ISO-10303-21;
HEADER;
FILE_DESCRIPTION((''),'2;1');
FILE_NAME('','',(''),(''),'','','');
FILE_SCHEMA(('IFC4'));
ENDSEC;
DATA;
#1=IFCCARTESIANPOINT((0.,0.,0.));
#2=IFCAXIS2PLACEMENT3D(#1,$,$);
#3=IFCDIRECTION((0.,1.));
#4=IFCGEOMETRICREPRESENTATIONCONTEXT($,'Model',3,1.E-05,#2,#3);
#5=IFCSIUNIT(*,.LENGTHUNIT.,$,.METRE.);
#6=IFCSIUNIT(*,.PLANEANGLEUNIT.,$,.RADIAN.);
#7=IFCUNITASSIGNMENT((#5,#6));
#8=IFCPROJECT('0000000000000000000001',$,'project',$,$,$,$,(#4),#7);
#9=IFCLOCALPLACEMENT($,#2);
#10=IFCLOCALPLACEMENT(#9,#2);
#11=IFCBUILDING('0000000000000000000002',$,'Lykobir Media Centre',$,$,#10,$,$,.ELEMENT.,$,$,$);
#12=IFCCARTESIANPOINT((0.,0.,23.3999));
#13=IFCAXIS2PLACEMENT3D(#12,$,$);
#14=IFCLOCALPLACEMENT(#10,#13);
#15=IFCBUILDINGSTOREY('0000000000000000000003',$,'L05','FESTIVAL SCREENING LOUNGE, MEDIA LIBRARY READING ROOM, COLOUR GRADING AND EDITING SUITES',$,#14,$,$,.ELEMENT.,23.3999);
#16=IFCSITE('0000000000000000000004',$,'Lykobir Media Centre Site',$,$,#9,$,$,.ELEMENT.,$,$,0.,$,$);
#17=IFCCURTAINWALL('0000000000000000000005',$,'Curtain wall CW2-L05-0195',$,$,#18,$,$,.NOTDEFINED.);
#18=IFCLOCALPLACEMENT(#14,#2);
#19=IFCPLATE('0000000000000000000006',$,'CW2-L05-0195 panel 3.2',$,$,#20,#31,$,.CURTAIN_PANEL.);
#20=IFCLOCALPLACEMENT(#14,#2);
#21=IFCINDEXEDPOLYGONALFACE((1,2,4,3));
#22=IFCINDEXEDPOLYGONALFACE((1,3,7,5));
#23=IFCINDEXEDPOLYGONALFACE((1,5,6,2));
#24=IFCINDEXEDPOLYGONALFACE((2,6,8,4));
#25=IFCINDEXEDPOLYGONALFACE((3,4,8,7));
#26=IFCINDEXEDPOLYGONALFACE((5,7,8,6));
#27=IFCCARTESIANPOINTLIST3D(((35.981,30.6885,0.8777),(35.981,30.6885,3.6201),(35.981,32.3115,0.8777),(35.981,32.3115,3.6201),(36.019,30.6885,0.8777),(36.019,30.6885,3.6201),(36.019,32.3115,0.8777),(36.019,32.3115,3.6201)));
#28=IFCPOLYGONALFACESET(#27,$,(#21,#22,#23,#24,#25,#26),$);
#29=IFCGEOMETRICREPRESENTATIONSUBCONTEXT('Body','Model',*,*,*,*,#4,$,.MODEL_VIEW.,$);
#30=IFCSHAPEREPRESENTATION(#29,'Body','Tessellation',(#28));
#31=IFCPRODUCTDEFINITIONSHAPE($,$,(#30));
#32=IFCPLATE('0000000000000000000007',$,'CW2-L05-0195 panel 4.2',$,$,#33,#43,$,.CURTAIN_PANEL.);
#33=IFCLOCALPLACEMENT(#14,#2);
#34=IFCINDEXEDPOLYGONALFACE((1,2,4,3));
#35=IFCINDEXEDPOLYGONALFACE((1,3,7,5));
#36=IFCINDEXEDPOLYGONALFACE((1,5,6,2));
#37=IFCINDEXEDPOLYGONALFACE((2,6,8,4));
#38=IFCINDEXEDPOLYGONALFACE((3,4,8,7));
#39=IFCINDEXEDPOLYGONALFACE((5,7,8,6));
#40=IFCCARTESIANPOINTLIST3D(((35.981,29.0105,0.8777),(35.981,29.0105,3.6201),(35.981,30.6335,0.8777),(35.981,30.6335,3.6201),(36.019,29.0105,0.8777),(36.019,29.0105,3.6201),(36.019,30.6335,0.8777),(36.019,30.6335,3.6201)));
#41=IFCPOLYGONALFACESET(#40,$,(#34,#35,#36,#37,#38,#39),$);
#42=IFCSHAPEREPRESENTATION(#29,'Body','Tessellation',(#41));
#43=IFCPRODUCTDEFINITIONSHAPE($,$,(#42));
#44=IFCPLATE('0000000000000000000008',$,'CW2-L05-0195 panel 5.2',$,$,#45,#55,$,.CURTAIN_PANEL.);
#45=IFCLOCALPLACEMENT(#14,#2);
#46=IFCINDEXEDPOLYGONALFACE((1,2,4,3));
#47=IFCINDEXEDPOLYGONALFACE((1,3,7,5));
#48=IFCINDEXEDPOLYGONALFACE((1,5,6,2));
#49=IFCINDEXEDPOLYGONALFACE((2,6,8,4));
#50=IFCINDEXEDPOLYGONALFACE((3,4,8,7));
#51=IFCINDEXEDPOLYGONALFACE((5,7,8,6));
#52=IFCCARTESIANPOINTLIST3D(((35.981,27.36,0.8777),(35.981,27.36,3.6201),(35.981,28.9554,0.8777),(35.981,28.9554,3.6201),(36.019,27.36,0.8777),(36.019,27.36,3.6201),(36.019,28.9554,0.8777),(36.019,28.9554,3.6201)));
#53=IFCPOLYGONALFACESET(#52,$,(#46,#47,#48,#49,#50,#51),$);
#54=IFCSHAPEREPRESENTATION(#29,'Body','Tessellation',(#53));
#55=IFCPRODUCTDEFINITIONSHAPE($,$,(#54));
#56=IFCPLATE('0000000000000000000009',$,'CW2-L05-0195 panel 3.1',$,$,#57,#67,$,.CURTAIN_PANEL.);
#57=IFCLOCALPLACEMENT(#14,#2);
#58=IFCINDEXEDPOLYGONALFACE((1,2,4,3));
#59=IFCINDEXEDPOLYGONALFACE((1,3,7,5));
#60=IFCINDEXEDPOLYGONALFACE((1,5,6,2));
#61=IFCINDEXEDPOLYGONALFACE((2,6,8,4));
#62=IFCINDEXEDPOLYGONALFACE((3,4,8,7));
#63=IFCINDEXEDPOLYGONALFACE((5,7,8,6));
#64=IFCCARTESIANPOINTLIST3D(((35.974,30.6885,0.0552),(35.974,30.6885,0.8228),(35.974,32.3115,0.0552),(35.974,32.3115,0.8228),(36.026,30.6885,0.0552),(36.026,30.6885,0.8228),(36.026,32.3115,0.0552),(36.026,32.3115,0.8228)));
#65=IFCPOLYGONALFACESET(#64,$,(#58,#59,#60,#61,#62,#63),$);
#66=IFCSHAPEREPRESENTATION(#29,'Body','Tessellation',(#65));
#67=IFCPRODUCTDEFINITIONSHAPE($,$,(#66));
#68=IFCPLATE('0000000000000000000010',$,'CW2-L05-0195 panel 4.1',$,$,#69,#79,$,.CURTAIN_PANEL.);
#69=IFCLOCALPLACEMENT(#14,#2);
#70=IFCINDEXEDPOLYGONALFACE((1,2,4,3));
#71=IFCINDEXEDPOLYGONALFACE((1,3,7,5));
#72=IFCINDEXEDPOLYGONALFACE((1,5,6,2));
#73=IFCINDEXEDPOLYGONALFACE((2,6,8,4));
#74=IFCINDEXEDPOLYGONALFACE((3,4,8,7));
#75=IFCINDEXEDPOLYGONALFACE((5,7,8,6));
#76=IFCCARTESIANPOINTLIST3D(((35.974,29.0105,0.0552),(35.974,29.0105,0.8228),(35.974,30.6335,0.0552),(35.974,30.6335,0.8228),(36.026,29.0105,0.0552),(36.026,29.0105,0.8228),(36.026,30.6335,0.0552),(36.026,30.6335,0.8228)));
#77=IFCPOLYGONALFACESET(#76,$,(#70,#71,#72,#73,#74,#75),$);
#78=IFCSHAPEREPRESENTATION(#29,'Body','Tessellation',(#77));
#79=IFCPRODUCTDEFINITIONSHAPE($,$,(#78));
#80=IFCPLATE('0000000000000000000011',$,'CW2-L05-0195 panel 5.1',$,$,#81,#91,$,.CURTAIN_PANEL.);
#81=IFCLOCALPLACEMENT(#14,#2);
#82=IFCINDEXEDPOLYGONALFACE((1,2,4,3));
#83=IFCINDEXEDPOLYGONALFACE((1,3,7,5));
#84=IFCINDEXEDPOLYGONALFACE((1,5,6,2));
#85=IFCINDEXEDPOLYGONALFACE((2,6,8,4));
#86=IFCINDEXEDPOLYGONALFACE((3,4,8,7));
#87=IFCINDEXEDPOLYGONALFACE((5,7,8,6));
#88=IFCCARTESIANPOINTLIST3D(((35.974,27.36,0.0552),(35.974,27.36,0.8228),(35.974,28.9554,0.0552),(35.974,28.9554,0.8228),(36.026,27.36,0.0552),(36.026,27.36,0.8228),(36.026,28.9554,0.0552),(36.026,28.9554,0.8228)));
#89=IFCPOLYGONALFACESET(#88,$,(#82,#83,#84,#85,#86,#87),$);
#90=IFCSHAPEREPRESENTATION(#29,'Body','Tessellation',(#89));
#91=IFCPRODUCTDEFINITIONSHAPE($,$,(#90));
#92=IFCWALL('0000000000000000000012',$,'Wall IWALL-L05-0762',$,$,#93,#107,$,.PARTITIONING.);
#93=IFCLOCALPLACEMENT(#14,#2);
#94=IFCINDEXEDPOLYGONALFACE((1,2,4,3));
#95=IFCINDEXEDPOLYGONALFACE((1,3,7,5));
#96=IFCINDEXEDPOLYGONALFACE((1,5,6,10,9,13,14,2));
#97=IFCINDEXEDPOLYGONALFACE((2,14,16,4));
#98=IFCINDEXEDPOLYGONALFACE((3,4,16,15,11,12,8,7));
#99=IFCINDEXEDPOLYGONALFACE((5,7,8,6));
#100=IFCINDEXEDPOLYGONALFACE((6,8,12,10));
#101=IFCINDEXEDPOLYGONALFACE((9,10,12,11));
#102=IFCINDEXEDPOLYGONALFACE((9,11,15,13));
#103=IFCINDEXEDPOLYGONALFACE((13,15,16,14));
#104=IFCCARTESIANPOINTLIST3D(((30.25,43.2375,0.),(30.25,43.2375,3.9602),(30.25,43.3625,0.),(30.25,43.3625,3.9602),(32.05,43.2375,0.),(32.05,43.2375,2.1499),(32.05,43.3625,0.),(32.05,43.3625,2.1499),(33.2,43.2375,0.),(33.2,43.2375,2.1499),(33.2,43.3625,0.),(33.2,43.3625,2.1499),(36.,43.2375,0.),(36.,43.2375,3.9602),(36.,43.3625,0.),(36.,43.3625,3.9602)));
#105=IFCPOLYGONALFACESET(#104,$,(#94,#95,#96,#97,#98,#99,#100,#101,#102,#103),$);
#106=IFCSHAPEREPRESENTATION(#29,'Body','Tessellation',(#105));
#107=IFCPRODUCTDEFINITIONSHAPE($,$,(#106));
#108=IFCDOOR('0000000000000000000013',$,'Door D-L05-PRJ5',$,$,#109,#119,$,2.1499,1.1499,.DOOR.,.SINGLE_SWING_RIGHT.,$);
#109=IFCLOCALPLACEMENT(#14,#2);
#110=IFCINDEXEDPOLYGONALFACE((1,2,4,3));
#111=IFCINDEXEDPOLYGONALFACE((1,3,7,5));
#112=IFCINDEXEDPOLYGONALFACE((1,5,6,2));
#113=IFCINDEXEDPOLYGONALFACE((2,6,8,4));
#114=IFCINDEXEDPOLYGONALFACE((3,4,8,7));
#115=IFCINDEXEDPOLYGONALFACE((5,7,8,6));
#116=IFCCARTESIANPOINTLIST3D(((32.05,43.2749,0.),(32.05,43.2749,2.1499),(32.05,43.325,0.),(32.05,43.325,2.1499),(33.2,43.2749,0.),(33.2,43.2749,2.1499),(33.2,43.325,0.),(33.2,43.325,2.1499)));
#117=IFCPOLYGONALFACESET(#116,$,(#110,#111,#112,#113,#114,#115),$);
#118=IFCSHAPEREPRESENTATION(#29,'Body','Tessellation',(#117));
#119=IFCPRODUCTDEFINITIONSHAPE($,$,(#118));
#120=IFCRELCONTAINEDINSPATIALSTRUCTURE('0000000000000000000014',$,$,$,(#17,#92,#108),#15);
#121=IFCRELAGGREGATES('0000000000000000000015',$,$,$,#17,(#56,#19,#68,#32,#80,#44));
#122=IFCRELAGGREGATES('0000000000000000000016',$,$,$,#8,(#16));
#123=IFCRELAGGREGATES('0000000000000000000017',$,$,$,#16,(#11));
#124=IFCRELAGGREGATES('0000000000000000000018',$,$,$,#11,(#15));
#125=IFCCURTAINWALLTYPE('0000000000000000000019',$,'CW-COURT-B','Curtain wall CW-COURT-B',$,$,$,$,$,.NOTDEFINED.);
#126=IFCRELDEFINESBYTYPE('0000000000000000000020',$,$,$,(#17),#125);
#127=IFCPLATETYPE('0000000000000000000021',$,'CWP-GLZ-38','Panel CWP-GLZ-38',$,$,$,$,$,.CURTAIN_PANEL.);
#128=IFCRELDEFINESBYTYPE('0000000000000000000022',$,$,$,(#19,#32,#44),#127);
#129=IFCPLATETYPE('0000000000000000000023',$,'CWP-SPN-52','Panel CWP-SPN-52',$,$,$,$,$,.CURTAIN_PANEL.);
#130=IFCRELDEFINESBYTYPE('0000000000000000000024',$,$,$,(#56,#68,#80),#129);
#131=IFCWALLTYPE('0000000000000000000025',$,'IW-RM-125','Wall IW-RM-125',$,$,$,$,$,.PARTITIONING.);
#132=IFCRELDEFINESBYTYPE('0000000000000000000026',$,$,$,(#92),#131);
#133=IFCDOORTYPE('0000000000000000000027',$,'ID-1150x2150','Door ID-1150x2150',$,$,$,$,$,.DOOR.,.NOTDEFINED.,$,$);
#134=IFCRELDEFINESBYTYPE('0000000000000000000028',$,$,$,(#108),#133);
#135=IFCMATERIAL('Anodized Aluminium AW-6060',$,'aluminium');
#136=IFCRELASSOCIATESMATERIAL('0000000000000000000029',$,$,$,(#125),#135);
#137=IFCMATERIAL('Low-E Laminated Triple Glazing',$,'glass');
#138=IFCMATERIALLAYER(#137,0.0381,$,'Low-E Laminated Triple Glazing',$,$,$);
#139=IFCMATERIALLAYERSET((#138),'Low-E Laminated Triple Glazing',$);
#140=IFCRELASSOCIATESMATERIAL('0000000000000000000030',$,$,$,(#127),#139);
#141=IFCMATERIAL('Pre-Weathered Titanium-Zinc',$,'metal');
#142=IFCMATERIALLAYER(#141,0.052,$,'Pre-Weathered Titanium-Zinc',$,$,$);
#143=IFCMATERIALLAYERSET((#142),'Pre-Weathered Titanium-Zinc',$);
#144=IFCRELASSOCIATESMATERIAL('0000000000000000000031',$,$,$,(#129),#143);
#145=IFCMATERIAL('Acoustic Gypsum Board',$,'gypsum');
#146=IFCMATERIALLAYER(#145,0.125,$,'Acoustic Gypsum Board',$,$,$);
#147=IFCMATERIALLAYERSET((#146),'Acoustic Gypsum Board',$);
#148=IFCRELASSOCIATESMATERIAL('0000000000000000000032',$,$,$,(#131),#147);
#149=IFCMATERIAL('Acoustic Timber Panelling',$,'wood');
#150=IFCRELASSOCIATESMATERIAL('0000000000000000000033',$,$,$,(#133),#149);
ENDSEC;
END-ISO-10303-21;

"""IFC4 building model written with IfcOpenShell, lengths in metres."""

from ifc_helpers import new_model, si_unit, direction, frame, frame_2d, origin, origin_2d, place, context, subcontext, project, spatial, rectangle, extrude, material, layer, layer_set, type_object, element, fill, aggregate, save


model = new_model("IFC4")

# Units and contexts
model_context = context("Model", 3, precision=1e-05, world=origin(), true_north=direction((0.0, 1.0)))
body_context = subcontext(model_context, "Body", "Model", "MODEL_VIEW")
ifc_project = project(units=[si_unit("LENGTHUNIT", "METRE"), si_unit("PLANEANGLEUNIT", "RADIAN")], contexts=[model_context])

# Site, building, storey
site_placement = place(None, origin())
site = spatial("IfcSite", under=ifc_project, at=site_placement, Name="Lykobir Media Centre Site", CompositionType="ELEMENT", RefElevation=0.0)
building_placement = place(site_placement, origin())
building = spatial("IfcBuilding", under=site, at=building_placement, Name="Lykobir Media Centre", CompositionType="ELEMENT")
storey_placement = place(building_placement, frame((0.0, 0.0, 23.3999)))
storey = spatial("IfcBuildingStorey", under=building, at=storey_placement, Name="L05", Description="FESTIVAL SCREENING LOUNGE, MEDIA LIBRARY READING ROOM, COLOUR GRADING AND EDITING SUITES", CompositionType="ELEMENT", Elevation=23.3999)

# Curtain wall
ifc_material_1 = material(Name="Anodized Aluminium AW-6060", Category="aluminium")
curtain_wall_type = type_object("IfcCurtainWallType", Name="CW-COURT-B", Description="Curtain wall CW-COURT-B", PredefinedType="NOTDEFINED", material=ifc_material_1)
curtain_wall_placement = place(storey_placement, origin())
curtain_wall = element("IfcCurtainWall", 1, at=curtain_wall_placement, inside=storey, type_object=curtain_wall_type, Name="Curtain wall CW2-L05-0195", PredefinedType="NOTDEFINED")

# Plates
ifc_material_2 = material(Name="Low-E Laminated Triple Glazing", Category="glass")
ifc_layer_1 = layer(ifc_material_2, 0.0381, Name="Low-E Laminated Triple Glazing")
ifc_layer_set_1 = layer_set([ifc_layer_1], Name="Low-E Laminated Triple Glazing")
plate_type_1 = type_object("IfcPlateType", Name="CWP-GLZ-38", Description="Panel CWP-GLZ-38", PredefinedType="CURTAIN_PANEL", material=ifc_layer_set_1)
plate_1_placement = place(storey_placement, frame((36.0, 31.5, 0.8777), z_axis=(0.0, 0.0, 1.0), x_axis=(0.0, -1.0, 0.0)))
plate_1 = element("IfcPlate", 2, at=plate_1_placement, type_object=plate_type_1, Name="CW2-L05-0195 panel 3.2", PredefinedType="CURTAIN_PANEL", context=body_context, shape_type="SweptSolid", body=[
    extrude(rectangle(XDim=1.623, YDim=0.0381, at=origin_2d()), origin(), (0.0, 0.0, 1.0), 2.7424),
])
plate_2_placement = place(storey_placement, frame((36.0, 29.822, 0.8777), z_axis=(0.0, 0.0, 1.0), x_axis=(0.0, -1.0, 0.0)))
plate_2 = element("IfcPlate", 3, at=plate_2_placement, type_object=plate_type_1, Name="CW2-L05-0195 panel 4.2", PredefinedType="CURTAIN_PANEL", context=body_context, shape_type="SweptSolid", body=[
    extrude(rectangle(XDim=1.623, YDim=0.0381, at=origin_2d()), origin(), (0.0, 0.0, 1.0), 2.7424),
])
plate_3_placement = place(storey_placement, frame((36.0, 28.1577, 0.8777), z_axis=(0.0, 0.0, 1.0), x_axis=(0.0, -1.0, 0.0)))
plate_3 = element("IfcPlate", 4, at=plate_3_placement, type_object=plate_type_1, Name="CW2-L05-0195 panel 5.2", PredefinedType="CURTAIN_PANEL", context=body_context, shape_type="SweptSolid", body=[
    extrude(rectangle(XDim=1.5955, YDim=0.0381, at=origin_2d()), origin(), (0.0, 0.0, 1.0), 2.7424),
])
ifc_material_3 = material(Name="Pre-Weathered Titanium-Zinc", Category="metal")
ifc_layer_2 = layer(ifc_material_3, 0.052, Name="Pre-Weathered Titanium-Zinc")
ifc_layer_set_2 = layer_set([ifc_layer_2], Name="Pre-Weathered Titanium-Zinc")
plate_type_2 = type_object("IfcPlateType", Name="CWP-SPN-52", Description="Panel CWP-SPN-52", PredefinedType="CURTAIN_PANEL", material=ifc_layer_set_2)
plate_4_placement = place(storey_placement, frame((36.0, 31.5, 0.0552), z_axis=(0.0, 0.0, 1.0), x_axis=(0.0, -1.0, 0.0)))
plate_4 = element("IfcPlate", 5, at=plate_4_placement, type_object=plate_type_2, Name="CW2-L05-0195 panel 3.1", PredefinedType="CURTAIN_PANEL", context=body_context, shape_type="SweptSolid", body=[
    extrude(rectangle(XDim=1.623, YDim=0.052, at=origin_2d()), origin(), (0.0, 0.0, 1.0), 0.7676),
])
plate_5_placement = place(storey_placement, frame((36.0, 29.822, 0.0552), z_axis=(0.0, 0.0, 1.0), x_axis=(0.0, -1.0, 0.0)))
plate_5 = element("IfcPlate", 6, at=plate_5_placement, type_object=plate_type_2, Name="CW2-L05-0195 panel 4.1", PredefinedType="CURTAIN_PANEL", context=body_context, shape_type="SweptSolid", body=[
    extrude(rectangle(XDim=1.623, YDim=0.052, at=origin_2d()), origin(), (0.0, 0.0, 1.0), 0.7676),
])
plate_6_placement = place(storey_placement, frame((36.0, 28.1577, 0.0552), z_axis=(0.0, 0.0, 1.0), x_axis=(0.0, -1.0, 0.0)))
plate_6 = element("IfcPlate", 7, at=plate_6_placement, type_object=plate_type_2, Name="CW2-L05-0195 panel 5.1", PredefinedType="CURTAIN_PANEL", context=body_context, shape_type="SweptSolid", body=[
    extrude(rectangle(XDim=1.5955, YDim=0.052, at=origin_2d()), origin(), (0.0, 0.0, 1.0), 0.7676),
])
aggregate(curtain_wall, [plate_4, plate_1, plate_5, plate_2, plate_6, plate_3])

# Wall, opening, door
ifc_material_4 = material(Name="Acoustic Gypsum Board", Category="gypsum")
ifc_layer_3 = layer(ifc_material_4, 0.125, Name="Acoustic Gypsum Board")
ifc_layer_set_3 = layer_set([ifc_layer_3], Name="Acoustic Gypsum Board")
wall_type = type_object("IfcWallType", Name="IW-RM-125", Description="Wall IW-RM-125", PredefinedType="PARTITIONING", material=ifc_layer_set_3)
wall_placement = place(storey_placement, frame((30.25, 43.3, 0.0), z_axis=(0.0, 0.0, 1.0), x_axis=(1.0, 0.0, 0.0)))
wall = element("IfcWall", 8, at=wall_placement, inside=storey, type_object=wall_type, Name="Wall IWALL-L05-0762", PredefinedType="PARTITIONING", context=body_context, shape_type="SweptSolid", body=[
    extrude(rectangle(XDim=5.75, YDim=0.125, at=frame_2d((2.875, 0.0))), origin(), (0.0, 0.0, 1.0), 3.9602),
])
opening_placement = place(wall_placement, frame((1.8, 0.0, 0.0)))
opening = element("IfcOpeningElement", 9, at=opening_placement, cuts=wall, PredefinedType="OPENING", context=body_context, shape_type="SweptSolid", body=[
    extrude(rectangle(XDim=1.1499, YDim=2.1499, at=frame_2d((0.575, 1.075))), frame((0.0, 0.0725, 0.0), z_axis=(0.0, -1.0, 0.0), x_axis=(1.0, 0.0, 0.0)), (0.0, 0.0, 1.0), 0.145),
])
ifc_material_5 = material(Name="Acoustic Timber Panelling", Category="wood")
door_type = type_object("IfcDoorType", Name="ID-1150x2150", Description="Door ID-1150x2150", OperationType="NOTDEFINED", PredefinedType="DOOR", material=ifc_material_5)
door_placement = place(opening_placement, origin())
door = element("IfcDoor", 10, at=door_placement, inside=storey, type_object=door_type, Name="Door D-L05-PRJ5", OperationType="SINGLE_SWING_RIGHT", OverallHeight=2.1499, OverallWidth=1.1499, PredefinedType="DOOR", context=body_context, shape_type="SweptSolid", body=[
    extrude(rectangle(XDim=1.1499, YDim=2.1499, at=frame_2d((0.575, 1.075))), frame((0.0, 0.0249, 0.0), z_axis=(0.0, -1.0, 0.0), x_axis=(1.0, 0.0, 0.0)), (0.0, 0.0, 1.0), 0.05),
])
fill(opening, door)

save(model, "model.ifc")
